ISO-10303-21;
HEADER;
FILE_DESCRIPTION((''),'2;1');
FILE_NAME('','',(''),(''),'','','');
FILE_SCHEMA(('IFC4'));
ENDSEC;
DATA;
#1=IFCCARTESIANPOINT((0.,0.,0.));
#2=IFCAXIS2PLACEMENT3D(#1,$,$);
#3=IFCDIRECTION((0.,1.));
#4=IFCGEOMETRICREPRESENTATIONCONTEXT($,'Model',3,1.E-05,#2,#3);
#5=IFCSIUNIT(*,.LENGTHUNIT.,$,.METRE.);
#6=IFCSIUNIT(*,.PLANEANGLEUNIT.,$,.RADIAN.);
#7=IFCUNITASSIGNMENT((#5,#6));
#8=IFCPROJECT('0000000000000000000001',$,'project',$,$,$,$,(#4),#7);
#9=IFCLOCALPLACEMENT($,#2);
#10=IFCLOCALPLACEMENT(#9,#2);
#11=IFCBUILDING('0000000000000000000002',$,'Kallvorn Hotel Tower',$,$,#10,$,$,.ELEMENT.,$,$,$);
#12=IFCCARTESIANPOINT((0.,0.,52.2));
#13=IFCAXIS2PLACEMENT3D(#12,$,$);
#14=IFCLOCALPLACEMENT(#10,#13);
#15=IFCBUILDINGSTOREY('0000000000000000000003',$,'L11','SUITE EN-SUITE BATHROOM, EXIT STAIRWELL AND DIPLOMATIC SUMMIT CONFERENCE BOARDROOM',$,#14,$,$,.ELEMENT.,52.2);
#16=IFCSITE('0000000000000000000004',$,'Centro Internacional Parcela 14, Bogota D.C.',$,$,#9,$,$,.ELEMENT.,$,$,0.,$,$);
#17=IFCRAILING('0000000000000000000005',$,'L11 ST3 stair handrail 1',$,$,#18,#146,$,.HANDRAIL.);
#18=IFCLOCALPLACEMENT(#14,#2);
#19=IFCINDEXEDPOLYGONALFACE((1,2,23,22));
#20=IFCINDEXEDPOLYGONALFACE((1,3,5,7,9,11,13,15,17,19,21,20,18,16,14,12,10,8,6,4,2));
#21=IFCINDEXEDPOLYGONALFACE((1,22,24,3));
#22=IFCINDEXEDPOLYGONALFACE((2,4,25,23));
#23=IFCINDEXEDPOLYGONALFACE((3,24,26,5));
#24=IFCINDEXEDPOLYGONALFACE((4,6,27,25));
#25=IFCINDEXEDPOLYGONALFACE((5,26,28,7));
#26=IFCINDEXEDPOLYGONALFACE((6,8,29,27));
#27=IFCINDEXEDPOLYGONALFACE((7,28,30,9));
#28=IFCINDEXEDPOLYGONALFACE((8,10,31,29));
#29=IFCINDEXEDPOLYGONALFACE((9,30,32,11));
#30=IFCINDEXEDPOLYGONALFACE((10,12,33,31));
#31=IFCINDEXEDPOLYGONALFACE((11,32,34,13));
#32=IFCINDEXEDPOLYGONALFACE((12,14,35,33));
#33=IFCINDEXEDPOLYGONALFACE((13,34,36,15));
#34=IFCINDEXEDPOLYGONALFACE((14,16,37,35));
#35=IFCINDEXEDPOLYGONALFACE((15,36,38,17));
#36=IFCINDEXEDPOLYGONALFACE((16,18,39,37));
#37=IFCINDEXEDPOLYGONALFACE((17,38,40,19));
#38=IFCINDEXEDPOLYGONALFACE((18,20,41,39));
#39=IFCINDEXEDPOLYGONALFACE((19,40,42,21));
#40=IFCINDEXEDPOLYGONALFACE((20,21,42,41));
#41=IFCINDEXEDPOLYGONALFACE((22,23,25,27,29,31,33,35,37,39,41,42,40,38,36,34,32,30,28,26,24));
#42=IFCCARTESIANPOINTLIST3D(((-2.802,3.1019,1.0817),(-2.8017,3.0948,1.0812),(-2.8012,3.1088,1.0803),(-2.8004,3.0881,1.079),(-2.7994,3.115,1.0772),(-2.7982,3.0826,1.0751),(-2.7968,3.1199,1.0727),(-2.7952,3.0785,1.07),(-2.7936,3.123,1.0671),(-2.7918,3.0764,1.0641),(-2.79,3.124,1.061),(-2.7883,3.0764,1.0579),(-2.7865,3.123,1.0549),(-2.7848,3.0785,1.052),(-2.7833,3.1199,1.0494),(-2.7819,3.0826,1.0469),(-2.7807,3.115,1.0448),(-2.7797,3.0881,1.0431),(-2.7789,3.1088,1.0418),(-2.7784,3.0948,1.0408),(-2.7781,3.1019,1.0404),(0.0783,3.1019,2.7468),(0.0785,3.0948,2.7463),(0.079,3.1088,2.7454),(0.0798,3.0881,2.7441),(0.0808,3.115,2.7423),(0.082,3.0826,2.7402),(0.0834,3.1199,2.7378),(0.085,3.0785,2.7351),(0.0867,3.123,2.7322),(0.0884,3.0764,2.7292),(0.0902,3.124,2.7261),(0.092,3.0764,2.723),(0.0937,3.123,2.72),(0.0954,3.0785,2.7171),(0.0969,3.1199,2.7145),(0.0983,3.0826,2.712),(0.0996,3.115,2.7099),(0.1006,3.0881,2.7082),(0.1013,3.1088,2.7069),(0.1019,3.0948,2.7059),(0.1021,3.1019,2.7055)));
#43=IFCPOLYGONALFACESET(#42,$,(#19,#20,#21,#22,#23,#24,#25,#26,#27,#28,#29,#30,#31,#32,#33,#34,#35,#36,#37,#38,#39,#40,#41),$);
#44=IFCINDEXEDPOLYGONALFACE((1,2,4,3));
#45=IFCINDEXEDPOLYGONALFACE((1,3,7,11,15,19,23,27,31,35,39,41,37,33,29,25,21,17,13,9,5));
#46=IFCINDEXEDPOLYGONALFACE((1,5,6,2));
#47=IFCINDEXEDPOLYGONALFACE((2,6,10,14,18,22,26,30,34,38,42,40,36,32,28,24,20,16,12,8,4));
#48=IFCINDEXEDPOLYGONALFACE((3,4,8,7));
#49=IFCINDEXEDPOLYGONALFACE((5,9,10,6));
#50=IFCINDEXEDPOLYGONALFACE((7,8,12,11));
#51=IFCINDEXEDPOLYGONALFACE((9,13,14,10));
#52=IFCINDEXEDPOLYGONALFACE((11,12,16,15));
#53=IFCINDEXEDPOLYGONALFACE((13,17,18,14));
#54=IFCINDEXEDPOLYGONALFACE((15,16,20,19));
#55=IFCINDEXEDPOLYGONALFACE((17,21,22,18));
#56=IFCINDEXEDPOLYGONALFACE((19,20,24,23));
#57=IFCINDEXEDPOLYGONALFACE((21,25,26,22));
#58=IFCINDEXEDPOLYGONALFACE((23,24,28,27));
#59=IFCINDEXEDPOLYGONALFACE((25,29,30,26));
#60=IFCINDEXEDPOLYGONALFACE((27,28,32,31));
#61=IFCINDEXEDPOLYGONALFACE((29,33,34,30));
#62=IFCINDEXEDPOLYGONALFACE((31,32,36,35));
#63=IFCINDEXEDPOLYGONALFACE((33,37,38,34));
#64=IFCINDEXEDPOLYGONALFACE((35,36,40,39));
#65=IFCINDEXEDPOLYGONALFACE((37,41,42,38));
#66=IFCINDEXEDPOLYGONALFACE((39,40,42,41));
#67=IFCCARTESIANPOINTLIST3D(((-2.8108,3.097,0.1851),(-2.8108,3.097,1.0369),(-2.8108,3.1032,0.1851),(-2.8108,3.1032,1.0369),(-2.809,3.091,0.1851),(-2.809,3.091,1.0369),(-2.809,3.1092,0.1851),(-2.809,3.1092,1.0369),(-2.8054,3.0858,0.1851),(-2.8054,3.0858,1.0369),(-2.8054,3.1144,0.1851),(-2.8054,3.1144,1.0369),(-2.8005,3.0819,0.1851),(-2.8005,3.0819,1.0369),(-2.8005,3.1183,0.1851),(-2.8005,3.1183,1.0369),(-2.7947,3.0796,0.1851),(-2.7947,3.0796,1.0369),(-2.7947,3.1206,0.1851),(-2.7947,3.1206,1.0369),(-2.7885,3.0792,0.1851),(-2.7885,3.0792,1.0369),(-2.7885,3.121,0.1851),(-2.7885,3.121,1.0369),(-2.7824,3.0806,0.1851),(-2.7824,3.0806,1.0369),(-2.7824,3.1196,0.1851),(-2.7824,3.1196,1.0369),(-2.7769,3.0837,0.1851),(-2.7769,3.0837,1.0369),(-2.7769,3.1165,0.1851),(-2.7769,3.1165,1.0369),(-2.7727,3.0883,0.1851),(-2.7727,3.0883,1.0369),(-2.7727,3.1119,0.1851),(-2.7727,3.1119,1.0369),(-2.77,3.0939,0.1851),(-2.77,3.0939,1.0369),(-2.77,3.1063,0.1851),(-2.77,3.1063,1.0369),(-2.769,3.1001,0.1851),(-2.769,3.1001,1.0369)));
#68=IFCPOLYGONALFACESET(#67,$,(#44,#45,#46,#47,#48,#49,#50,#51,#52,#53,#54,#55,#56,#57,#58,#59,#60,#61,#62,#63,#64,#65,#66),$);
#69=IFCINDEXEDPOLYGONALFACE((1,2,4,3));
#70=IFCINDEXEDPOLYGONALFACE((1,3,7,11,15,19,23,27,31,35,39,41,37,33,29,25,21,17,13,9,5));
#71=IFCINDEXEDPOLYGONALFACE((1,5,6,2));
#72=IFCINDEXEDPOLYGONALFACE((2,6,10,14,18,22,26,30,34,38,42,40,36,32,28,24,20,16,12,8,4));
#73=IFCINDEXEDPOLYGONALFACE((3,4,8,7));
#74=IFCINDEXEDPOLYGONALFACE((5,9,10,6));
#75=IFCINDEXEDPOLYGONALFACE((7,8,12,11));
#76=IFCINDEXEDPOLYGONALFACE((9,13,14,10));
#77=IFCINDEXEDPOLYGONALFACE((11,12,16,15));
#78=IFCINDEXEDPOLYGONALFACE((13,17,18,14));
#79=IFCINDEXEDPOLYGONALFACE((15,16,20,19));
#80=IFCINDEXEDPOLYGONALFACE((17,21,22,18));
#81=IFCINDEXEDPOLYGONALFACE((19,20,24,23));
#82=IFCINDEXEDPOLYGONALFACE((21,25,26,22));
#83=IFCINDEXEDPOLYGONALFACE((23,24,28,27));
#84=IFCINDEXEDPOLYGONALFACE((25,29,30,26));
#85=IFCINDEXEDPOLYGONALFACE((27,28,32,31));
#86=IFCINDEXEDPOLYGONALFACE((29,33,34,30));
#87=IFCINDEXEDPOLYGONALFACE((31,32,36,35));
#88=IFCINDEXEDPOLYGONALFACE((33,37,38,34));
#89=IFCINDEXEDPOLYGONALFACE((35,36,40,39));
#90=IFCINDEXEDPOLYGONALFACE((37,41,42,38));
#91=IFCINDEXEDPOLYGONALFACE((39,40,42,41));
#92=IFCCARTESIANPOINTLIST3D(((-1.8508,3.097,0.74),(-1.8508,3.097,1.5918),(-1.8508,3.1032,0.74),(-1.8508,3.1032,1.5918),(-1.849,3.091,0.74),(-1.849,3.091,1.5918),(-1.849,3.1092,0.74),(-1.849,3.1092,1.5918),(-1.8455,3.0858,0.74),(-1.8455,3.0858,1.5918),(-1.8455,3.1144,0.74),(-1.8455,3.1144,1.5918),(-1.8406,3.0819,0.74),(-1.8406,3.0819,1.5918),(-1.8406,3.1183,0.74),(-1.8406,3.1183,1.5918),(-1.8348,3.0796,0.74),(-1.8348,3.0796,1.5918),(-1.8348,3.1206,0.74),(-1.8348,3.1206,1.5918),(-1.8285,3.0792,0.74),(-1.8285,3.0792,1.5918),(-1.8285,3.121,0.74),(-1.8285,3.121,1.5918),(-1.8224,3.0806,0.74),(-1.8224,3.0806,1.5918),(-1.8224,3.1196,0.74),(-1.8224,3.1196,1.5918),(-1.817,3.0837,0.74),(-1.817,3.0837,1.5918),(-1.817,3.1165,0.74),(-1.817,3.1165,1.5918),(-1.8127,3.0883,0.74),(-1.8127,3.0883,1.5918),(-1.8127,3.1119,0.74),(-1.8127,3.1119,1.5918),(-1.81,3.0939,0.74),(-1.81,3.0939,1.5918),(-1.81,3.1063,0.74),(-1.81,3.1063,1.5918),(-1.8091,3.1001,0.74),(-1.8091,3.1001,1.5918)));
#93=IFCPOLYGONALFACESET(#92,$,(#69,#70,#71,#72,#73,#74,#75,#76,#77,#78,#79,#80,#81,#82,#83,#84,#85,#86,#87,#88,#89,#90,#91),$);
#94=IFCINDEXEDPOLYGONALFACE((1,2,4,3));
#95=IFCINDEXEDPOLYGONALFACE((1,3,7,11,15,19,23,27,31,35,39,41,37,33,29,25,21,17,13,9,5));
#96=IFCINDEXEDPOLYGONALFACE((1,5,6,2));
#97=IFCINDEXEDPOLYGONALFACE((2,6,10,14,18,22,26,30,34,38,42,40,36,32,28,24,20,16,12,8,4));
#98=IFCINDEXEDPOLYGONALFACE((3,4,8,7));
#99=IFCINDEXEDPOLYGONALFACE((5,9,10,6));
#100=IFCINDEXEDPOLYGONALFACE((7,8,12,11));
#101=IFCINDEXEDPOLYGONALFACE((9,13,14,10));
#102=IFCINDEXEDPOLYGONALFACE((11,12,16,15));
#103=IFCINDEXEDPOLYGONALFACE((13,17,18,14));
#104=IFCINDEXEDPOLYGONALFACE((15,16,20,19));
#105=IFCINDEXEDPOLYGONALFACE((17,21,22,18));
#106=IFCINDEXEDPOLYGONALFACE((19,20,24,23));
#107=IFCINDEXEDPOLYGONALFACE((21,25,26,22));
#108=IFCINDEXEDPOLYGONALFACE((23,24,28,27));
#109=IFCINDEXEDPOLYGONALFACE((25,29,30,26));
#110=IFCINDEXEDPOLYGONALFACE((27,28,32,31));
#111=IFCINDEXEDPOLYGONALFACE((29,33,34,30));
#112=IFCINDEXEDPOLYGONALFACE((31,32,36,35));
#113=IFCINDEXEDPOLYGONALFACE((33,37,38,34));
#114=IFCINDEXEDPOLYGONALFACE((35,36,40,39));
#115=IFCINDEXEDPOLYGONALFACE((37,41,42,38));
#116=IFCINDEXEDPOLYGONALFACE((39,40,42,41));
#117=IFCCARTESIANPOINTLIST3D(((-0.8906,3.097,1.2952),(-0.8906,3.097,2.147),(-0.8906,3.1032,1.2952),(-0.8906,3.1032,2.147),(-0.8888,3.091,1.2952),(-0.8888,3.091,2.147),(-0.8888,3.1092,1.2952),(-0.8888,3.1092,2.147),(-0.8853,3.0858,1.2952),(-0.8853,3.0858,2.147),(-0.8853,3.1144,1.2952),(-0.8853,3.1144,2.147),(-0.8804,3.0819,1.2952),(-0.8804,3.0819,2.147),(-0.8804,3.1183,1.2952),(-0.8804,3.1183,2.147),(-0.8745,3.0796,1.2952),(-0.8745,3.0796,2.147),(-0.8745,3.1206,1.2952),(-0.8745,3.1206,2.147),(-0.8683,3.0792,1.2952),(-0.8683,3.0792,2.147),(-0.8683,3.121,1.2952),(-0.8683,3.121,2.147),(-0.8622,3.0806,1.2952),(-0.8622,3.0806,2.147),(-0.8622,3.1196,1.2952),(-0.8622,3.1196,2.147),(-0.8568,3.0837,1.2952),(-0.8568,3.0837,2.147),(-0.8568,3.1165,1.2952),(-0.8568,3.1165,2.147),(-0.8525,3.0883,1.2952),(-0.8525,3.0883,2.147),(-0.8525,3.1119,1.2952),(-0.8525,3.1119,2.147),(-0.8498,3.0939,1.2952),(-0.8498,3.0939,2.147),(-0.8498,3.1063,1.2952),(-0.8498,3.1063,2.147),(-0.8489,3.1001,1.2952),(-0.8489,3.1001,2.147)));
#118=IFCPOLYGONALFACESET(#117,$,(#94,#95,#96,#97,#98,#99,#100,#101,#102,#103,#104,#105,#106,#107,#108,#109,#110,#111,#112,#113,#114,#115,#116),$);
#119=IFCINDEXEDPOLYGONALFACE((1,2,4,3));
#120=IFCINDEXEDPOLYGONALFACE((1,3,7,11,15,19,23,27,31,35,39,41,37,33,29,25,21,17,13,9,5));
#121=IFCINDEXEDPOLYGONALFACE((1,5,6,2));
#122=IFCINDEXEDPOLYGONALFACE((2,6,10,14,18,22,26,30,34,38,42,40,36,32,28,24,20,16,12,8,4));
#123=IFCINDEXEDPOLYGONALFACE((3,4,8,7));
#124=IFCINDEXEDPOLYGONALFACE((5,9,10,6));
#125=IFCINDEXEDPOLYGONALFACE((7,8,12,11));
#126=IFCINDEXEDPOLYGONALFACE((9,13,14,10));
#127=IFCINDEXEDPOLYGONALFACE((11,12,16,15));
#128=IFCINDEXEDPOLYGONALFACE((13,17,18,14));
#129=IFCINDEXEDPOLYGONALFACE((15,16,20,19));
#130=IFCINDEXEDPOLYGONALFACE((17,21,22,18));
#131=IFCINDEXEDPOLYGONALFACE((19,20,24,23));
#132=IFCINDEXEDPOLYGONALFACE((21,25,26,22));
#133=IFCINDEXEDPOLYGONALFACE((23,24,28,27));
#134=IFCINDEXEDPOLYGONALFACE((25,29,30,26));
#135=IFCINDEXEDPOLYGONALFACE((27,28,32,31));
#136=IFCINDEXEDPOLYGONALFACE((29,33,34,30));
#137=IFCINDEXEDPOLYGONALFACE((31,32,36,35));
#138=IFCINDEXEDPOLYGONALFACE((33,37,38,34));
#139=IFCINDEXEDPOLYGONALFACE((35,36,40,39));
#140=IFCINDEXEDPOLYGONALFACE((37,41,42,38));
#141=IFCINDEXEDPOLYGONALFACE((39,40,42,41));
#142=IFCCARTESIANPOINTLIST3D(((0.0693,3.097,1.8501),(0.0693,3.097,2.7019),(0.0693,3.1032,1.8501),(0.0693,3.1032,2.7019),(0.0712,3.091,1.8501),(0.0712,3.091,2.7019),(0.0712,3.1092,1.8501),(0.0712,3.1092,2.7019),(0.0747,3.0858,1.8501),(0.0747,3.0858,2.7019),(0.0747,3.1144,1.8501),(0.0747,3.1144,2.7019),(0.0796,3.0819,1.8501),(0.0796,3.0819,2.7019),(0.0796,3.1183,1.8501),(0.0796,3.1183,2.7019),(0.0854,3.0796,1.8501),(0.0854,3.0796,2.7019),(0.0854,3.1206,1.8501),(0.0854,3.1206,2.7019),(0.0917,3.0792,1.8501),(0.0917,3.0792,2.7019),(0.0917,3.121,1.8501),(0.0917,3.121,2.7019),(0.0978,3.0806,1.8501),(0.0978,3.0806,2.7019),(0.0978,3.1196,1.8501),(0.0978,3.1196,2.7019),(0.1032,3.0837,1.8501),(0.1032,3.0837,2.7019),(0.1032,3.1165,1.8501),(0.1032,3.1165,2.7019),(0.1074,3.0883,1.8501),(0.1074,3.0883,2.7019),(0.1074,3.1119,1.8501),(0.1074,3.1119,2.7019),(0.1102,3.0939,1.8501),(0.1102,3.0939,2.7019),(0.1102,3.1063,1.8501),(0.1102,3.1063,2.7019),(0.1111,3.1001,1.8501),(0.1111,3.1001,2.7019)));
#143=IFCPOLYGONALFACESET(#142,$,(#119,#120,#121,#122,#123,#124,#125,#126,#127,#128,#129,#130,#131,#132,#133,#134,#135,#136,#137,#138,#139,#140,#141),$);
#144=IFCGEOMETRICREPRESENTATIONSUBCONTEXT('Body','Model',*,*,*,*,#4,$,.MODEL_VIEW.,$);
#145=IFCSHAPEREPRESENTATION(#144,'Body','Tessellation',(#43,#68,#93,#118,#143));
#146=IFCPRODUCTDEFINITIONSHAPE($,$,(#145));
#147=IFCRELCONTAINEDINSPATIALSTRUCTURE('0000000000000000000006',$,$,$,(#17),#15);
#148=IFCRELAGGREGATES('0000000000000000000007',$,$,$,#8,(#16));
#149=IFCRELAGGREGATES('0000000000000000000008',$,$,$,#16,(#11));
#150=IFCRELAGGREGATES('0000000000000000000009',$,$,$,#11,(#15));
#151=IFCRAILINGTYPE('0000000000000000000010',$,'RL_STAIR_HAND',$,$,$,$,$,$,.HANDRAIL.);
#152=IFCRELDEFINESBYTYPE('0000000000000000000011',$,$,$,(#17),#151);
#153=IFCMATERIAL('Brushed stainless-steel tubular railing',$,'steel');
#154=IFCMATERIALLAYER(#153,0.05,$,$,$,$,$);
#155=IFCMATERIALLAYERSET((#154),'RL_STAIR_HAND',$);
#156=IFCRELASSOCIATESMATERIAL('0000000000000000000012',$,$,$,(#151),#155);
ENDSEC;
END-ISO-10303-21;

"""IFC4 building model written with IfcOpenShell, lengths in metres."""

from ifc_helpers import new_model, si_unit, direction, frame, origin, origin_2d, place, context, subcontext, project, spatial, circle, extrude, material, layer, layer_set, type_object, element, save


model = new_model("IFC4")

# Units and contexts
model_context = context("Model", 3, precision=1e-05, world=origin(), true_north=direction((0.0, 1.0)))
body_context = subcontext(model_context, "Body", "Model", "MODEL_VIEW")
ifc_project = project(units=[si_unit("LENGTHUNIT", "METRE"), si_unit("PLANEANGLEUNIT", "RADIAN")], contexts=[model_context])

# Site, building, storey
site_placement = place(None, origin())
site = spatial("IfcSite", under=ifc_project, at=site_placement, Name="Centro Internacional Parcela 14, Bogota D.C.", CompositionType="ELEMENT", RefElevation=0.0)
building_placement = place(site_placement, origin())
building = spatial("IfcBuilding", under=site, at=building_placement, Name="Kallvorn Hotel Tower", CompositionType="ELEMENT")
storey_placement = place(building_placement, frame((0.0, 0.0, 52.2)))
storey = spatial("IfcBuildingStorey", under=building, at=storey_placement, Name="L11", Description="SUITE EN-SUITE BATHROOM, EXIT STAIRWELL AND DIPLOMATIC SUMMIT CONFERENCE BOARDROOM", CompositionType="ELEMENT", Elevation=52.2)

# Railing
ifc_material_1 = material(Name="Brushed stainless-steel tubular railing", Category="steel")
ifc_layer_1 = layer(ifc_material_1, 0.05)
ifc_layer_set_1 = layer_set([ifc_layer_1], Name="RL_STAIR_HAND")
railing_type_1 = type_object("IfcRailingType", Name="RL_STAIR_HAND", PredefinedType="HANDRAIL", material=ifc_layer_set_1)
railing_1_placement = place(storey_placement, frame((-2.79, 3.1001, 0.1851)))
element("IfcRailing", 1, at=railing_1_placement, inside=storey, type_object=railing_type_1, Name="L11 ST3 stair handrail 1", PredefinedType="HANDRAIL", context=body_context, shape_type="SweptSolid", body=[
    extrude(circle(Radius=0.0239, at=origin_2d()), frame((0.0, 0.0, 0.876), z_axis=(0.865739, 0.0, 0.500495), x_axis=(0.0, 1.0, 0.0)), (0.0, 0.0, 1.0), 3.3269),
    extrude(circle(Radius=0.021, at=origin_2d()), origin(), (0.0, 0.0, 1.0), 0.8518),
    extrude(circle(Radius=0.021, at=origin_2d()), frame((0.96, 0.0, 0.5549)), (0.0, 0.0, 1.0), 0.8518),
    extrude(circle(Radius=0.021, at=origin_2d()), frame((1.9202, 0.0, 1.1101)), (0.0, 0.0, 1.0), 0.8518),
    extrude(circle(Radius=0.021, at=origin_2d()), frame((2.8801, 0.0, 1.665)), (0.0, 0.0, 1.0), 0.8518),
])

save(model, "model.ifc")
